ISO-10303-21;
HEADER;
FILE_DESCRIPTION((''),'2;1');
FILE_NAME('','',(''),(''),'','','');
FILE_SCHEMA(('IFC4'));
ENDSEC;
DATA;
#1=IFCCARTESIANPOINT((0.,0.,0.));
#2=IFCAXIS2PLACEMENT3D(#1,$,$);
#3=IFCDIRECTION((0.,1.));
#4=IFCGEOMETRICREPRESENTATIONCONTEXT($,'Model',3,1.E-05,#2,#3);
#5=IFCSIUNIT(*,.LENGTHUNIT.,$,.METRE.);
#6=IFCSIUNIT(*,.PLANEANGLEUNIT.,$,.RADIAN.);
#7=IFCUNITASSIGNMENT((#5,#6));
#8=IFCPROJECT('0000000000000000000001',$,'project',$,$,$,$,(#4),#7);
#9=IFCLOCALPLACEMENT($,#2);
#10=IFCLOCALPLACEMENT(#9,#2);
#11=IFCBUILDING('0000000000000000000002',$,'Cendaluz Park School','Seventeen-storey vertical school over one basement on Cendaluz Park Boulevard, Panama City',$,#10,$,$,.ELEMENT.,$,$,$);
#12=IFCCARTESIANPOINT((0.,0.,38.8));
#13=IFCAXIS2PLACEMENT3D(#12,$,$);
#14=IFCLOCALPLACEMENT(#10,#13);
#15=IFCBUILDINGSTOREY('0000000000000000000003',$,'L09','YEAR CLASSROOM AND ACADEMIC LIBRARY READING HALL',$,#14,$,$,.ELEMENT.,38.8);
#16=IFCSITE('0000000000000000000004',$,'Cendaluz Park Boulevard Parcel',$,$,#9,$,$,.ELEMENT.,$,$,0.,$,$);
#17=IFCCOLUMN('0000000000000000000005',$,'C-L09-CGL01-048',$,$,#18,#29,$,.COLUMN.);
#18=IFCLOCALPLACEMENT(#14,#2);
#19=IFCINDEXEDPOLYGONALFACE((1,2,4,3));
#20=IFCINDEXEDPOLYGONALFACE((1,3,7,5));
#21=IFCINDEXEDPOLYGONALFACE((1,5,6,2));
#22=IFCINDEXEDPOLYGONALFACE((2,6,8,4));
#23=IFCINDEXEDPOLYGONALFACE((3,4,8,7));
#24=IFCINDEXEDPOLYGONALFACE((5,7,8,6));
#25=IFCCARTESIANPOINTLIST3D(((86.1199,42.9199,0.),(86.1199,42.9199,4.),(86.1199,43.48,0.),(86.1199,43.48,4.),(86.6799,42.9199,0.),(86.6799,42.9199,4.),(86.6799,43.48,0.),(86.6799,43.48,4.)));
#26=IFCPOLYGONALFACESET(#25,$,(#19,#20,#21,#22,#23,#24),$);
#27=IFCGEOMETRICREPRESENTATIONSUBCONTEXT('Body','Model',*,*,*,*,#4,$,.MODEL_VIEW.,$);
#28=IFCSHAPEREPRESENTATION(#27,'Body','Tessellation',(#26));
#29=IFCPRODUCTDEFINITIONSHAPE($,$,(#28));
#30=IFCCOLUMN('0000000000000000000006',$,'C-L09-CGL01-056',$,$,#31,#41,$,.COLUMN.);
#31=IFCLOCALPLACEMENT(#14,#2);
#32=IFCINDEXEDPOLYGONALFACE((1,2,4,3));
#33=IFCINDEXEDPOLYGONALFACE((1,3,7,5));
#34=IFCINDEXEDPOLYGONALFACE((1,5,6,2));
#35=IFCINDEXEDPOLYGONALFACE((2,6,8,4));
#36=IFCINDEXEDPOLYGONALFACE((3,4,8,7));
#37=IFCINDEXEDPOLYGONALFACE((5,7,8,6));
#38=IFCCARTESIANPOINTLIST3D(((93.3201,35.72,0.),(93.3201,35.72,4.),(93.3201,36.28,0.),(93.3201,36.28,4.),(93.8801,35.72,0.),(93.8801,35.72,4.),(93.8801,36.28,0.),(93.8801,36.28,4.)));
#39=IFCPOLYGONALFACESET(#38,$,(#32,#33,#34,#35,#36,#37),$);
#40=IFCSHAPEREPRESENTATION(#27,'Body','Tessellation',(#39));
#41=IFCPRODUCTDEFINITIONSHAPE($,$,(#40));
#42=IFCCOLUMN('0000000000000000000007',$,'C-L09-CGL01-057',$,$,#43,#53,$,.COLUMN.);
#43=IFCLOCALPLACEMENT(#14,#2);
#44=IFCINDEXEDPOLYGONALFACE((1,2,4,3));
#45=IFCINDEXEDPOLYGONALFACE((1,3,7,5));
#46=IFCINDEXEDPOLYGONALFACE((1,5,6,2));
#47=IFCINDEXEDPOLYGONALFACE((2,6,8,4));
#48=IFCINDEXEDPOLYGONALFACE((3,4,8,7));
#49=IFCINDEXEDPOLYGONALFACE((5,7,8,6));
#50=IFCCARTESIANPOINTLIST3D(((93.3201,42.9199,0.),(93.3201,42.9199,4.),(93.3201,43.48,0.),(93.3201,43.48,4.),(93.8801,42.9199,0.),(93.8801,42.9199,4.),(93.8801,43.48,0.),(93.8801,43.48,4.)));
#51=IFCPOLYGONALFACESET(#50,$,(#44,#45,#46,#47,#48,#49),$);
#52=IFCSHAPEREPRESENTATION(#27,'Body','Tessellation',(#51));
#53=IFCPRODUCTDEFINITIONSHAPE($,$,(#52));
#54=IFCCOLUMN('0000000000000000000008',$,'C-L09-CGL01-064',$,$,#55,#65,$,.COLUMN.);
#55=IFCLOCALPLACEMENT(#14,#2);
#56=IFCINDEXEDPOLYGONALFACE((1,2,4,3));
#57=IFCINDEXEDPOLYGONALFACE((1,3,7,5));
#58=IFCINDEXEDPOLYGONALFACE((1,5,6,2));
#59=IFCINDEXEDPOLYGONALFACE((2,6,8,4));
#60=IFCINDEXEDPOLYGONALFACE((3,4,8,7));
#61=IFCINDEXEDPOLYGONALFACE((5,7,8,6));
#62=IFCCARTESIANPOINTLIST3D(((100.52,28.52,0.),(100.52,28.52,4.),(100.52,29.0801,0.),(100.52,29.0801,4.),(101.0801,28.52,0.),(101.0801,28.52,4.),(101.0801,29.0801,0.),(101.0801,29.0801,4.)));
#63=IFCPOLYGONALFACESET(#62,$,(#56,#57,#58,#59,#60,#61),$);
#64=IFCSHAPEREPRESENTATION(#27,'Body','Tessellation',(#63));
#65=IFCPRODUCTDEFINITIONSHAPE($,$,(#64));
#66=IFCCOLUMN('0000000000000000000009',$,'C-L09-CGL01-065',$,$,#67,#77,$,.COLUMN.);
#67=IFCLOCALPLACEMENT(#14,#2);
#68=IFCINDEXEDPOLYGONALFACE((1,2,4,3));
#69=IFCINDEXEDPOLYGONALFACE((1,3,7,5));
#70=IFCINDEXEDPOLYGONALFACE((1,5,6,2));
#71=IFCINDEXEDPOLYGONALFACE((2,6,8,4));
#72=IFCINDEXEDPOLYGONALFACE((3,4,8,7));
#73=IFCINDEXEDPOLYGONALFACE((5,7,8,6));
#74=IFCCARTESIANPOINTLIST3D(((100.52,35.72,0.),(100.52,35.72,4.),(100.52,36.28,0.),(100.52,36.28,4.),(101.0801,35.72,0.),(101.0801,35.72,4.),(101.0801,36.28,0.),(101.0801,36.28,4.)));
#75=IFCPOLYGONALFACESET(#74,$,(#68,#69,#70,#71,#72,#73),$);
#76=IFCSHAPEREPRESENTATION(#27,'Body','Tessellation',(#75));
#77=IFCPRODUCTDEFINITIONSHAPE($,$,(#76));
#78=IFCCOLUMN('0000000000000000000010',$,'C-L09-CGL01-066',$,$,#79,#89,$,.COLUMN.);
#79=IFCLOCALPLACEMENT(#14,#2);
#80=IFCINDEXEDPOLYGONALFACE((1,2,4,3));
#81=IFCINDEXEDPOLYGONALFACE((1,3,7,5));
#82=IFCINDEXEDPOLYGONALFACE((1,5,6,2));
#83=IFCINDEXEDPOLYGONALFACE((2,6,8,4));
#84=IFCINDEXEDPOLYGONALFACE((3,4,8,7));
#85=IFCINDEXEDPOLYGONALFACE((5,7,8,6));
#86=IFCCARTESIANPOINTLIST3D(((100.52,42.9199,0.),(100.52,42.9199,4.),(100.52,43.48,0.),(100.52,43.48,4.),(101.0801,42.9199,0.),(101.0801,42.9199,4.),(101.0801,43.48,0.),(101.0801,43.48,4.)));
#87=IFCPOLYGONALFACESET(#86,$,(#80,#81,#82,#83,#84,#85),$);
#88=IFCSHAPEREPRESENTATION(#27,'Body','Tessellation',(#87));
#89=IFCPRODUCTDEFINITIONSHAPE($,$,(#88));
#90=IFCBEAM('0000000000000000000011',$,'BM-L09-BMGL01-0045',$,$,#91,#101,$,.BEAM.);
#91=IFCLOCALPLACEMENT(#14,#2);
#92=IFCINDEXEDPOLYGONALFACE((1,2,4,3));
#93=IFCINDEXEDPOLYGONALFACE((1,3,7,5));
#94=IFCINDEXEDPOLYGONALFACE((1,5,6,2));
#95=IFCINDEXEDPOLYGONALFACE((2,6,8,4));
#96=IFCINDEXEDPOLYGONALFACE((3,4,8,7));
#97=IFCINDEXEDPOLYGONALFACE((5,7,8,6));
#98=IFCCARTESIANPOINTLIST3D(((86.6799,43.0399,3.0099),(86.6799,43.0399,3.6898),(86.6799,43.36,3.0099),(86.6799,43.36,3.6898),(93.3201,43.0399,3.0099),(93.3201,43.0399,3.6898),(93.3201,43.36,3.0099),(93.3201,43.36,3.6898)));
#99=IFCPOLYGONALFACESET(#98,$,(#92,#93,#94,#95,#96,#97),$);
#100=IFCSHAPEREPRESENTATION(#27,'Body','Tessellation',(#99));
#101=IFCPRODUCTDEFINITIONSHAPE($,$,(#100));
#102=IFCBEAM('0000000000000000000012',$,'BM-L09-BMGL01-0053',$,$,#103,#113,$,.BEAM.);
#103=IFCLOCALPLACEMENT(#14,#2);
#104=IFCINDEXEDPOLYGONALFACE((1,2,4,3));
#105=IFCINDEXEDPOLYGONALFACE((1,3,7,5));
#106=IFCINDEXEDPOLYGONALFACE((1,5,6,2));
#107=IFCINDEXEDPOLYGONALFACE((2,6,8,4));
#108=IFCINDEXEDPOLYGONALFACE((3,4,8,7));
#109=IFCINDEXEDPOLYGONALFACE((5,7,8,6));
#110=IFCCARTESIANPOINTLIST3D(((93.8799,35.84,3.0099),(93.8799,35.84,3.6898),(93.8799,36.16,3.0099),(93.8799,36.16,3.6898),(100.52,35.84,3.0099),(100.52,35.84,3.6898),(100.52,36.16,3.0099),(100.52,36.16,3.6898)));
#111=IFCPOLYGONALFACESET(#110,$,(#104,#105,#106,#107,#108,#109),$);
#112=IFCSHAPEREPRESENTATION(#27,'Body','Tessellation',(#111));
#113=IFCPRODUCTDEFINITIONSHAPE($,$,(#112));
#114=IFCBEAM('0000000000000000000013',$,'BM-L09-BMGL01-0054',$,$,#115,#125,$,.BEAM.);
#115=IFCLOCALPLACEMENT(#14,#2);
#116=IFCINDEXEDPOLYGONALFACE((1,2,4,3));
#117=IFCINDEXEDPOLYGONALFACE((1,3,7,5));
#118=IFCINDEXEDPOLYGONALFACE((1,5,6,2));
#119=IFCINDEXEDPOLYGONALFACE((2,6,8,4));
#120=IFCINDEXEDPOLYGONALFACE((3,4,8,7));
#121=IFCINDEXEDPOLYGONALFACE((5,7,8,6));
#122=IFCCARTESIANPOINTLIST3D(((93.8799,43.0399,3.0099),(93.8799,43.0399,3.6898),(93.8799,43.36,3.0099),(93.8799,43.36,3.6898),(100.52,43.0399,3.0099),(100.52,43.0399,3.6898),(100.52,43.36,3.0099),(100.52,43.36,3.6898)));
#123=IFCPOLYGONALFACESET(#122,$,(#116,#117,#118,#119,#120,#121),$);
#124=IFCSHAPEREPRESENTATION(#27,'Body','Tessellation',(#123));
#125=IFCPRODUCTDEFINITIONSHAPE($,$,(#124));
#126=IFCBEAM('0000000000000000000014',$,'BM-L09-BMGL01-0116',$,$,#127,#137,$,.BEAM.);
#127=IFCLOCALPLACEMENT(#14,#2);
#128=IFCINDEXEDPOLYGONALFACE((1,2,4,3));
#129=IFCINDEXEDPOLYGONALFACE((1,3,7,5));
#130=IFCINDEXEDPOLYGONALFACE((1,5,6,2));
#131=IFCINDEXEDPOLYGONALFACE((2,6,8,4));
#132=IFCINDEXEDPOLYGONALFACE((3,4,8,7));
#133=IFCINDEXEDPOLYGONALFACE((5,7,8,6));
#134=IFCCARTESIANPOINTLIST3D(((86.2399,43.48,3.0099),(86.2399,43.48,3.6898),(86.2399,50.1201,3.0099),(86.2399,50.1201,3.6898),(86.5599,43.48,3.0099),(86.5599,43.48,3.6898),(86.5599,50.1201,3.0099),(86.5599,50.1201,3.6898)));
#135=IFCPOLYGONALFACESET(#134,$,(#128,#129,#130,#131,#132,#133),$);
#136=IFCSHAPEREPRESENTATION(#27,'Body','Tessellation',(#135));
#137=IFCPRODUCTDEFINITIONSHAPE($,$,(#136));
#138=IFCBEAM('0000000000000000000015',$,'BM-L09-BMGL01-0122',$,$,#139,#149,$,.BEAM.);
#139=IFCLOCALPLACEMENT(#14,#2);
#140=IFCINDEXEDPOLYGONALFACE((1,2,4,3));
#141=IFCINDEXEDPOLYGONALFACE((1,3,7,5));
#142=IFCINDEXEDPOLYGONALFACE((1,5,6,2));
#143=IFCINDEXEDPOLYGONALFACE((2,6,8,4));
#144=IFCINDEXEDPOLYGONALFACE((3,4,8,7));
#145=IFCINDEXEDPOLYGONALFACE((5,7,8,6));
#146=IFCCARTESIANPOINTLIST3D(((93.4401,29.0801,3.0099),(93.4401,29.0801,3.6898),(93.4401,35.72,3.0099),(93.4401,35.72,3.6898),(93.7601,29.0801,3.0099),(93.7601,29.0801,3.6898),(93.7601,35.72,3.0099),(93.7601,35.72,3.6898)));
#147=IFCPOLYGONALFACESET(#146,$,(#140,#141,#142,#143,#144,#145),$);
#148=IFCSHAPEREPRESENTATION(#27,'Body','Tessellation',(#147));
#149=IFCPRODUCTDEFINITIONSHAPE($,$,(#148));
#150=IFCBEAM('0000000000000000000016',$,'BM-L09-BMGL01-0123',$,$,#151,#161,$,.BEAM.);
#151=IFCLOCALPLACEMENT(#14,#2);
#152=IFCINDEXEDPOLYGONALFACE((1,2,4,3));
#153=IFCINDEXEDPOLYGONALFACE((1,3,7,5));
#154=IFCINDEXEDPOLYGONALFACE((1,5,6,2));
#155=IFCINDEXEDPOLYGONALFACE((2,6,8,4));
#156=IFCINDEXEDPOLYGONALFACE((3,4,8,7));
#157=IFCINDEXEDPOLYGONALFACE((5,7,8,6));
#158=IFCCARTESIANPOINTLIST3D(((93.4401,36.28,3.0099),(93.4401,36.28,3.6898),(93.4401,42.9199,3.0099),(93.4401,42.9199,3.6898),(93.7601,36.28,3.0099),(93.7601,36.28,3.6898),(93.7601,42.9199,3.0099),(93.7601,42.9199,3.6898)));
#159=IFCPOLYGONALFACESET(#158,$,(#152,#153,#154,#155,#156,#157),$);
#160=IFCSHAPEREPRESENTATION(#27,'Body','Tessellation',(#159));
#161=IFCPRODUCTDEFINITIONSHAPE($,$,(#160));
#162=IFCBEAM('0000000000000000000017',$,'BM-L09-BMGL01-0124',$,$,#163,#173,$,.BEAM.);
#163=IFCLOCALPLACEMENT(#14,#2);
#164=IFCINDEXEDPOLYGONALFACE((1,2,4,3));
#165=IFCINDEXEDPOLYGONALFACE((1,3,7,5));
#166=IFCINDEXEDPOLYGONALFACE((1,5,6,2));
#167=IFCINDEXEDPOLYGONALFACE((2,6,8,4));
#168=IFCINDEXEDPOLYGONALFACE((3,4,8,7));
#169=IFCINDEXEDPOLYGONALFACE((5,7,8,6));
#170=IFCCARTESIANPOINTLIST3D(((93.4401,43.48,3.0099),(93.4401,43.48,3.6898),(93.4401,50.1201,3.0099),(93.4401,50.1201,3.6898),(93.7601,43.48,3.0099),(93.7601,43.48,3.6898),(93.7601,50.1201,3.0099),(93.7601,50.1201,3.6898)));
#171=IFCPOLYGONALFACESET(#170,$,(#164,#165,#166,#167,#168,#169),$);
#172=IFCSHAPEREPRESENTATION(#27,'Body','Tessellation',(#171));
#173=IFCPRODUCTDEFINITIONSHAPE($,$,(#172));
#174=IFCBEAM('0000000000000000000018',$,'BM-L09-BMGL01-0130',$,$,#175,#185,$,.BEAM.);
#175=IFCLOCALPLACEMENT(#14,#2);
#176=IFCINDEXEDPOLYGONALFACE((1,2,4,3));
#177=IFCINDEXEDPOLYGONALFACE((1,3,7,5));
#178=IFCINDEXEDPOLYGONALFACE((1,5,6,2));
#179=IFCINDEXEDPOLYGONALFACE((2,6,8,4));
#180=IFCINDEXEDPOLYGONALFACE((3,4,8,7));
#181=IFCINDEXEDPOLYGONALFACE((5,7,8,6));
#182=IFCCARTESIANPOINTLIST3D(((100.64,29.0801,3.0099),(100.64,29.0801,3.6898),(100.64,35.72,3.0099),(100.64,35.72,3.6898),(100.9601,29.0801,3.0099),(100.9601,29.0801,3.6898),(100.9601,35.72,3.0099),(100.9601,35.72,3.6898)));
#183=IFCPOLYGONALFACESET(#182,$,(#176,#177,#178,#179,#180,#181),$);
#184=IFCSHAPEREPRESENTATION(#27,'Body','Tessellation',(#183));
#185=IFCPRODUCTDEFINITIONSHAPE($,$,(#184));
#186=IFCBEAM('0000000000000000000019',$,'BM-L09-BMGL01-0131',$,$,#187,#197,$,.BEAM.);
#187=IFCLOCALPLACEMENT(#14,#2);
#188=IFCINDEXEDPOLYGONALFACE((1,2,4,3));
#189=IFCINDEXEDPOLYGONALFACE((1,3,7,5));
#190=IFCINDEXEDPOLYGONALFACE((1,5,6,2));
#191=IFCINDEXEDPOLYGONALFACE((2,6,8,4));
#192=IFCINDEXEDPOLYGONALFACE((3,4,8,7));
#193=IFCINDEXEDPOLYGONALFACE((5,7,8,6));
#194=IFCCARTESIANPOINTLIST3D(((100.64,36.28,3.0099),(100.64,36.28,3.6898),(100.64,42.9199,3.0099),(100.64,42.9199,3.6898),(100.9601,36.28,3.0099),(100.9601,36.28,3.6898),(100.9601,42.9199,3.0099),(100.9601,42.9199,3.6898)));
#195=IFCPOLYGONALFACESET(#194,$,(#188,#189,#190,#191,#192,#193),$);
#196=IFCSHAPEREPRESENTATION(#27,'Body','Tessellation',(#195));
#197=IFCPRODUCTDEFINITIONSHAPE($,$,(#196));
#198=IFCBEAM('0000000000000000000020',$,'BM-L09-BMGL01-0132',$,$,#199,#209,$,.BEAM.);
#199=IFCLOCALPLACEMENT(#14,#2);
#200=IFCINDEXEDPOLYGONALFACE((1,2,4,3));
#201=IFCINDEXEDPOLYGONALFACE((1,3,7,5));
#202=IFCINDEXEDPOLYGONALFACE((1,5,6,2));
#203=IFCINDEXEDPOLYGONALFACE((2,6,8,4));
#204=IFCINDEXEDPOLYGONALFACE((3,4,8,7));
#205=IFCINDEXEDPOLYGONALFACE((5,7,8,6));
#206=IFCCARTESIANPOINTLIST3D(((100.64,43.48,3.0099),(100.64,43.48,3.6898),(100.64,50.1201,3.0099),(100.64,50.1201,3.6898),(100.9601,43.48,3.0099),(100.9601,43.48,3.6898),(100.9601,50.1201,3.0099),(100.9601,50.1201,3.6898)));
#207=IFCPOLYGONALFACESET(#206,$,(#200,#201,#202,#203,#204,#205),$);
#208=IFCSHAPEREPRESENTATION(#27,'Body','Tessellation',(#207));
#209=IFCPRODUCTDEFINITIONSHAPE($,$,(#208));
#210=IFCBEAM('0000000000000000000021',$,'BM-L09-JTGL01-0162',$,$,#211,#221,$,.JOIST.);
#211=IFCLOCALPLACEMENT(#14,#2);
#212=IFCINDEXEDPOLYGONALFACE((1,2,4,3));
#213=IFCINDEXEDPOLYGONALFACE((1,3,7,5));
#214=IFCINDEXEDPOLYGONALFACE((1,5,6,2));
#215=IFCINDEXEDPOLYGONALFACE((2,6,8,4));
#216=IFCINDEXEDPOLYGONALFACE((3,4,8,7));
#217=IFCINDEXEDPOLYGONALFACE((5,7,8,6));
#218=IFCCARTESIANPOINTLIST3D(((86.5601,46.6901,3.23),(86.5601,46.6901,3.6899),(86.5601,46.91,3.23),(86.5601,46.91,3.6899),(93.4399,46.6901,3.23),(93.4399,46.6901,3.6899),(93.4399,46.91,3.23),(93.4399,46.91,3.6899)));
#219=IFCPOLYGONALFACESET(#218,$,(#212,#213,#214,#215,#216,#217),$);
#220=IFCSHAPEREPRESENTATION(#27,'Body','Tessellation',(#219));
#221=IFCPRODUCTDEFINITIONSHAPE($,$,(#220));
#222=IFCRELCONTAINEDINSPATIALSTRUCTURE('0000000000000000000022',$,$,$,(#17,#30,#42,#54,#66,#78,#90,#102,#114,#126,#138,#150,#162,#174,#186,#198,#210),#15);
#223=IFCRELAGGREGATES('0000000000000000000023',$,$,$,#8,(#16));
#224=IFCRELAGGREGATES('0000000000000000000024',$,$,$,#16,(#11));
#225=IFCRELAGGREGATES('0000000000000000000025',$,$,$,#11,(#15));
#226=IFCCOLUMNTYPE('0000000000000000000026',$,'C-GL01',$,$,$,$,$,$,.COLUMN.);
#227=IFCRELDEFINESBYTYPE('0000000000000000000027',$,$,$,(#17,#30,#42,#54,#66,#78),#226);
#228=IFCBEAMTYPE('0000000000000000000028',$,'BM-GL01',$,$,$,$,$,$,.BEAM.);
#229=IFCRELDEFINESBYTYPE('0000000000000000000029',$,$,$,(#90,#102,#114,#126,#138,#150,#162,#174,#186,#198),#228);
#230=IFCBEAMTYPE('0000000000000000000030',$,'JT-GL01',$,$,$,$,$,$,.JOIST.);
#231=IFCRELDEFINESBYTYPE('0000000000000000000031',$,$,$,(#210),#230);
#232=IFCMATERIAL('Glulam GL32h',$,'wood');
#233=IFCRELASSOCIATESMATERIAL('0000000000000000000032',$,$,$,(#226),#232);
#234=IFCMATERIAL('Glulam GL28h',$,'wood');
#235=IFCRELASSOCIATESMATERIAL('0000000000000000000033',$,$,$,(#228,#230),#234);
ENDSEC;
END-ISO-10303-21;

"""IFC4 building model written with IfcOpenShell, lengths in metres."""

from ifc_helpers import new_model, si_unit, direction, frame, origin, origin_2d, place, context, subcontext, project, spatial, rectangle, extrude, material, material_profile, profile_set, type_object, element, save


model = new_model("IFC4")

# Units and contexts
model_context = context("Model", 3, precision=1e-05, world=origin(), true_north=direction((0.0, 1.0)))
body_context = subcontext(model_context, "Body", "Model", "MODEL_VIEW")
ifc_project = project(units=[si_unit("LENGTHUNIT", "METRE"), si_unit("PLANEANGLEUNIT", "RADIAN")], contexts=[model_context])

# Site, building, storey
site_placement = place(None, origin())
site = spatial("IfcSite", under=ifc_project, at=site_placement, Name="Cendaluz Park Boulevard Parcel", CompositionType="ELEMENT", RefElevation=0.0)
building_placement = place(site_placement, origin())
building = spatial("IfcBuilding", under=site, at=building_placement, Name="Cendaluz Park School", Description="Seventeen-storey vertical school over one basement on Cendaluz Park Boulevard, Panama City", CompositionType="ELEMENT")
storey_placement = place(building_placement, frame((0.0, 0.0, 38.8)))
storey = spatial("IfcBuildingStorey", under=building, at=storey_placement, Name="L09", Description="YEAR CLASSROOM AND ACADEMIC LIBRARY READING HALL", CompositionType="ELEMENT", Elevation=38.8)

# Columns
ifc_material_1 = material(Name="Glulam GL32h", Category="wood")
ifc_material_profile_1 = material_profile(ifc_material_1, rectangle(XDim=0.5601, YDim=0.5601, at=origin_2d()), Name="GL32h 560x560", Category="wood")
ifc_profile_set_1 = profile_set([ifc_material_profile_1], Name="Glulam GL32h")
column_type = type_object("IfcColumnType", Name="C-GL01", PredefinedType="COLUMN", material=ifc_profile_set_1)
for number, where, z_axis, x_axis, name in (
    (1, (86.3999, 43.2, 0.0), (0.0, 0.0, 1.0), (1.0, 0.0, 0.0), "C-L09-CGL01-048"),
    (2, (93.6001, 36.0, 0.0), (0.0, 0.0, 1.0), (1.0, 0.0, 0.0), "C-L09-CGL01-056"),
    (3, (93.6001, 43.2, 0.0), (0.0, 0.0, 1.0), (1.0, 0.0, 0.0), "C-L09-CGL01-057"),
    (4, (100.8, 28.8, 0.0), (0.0, 0.0, 1.0), (1.0, 0.0, 0.0), "C-L09-CGL01-064"),
    (5, (100.8, 36.0, 0.0), (0.0, 0.0, 1.0), (1.0, 0.0, 0.0), "C-L09-CGL01-065"),
    (6, (100.8, 43.2, 0.0), (0.0, 0.0, 1.0), (1.0, 0.0, 0.0), "C-L09-CGL01-066"),
):
    element("IfcColumn", number, at=place(storey_placement, frame(where, z_axis=z_axis, x_axis=x_axis)), inside=storey, type_object=column_type, Name=name, PredefinedType="COLUMN", context=body_context, shape_type="SweptSolid", body=[
        extrude(rectangle(XDim=0.5601, YDim=0.5601, at=origin_2d()), origin(), (0.0, 0.0, 1.0), 4.0),
    ])

# Beams
ifc_material_2 = material(Name="Glulam GL28h", Category="wood")
ifc_material_profile_2 = material_profile(ifc_material_2, rectangle(XDim=0.3201, YDim=0.6799, at=origin_2d()), Name="GL28h 320x680", Category="wood")
ifc_profile_set_2 = profile_set([ifc_material_profile_2], Name="Glulam GL28h")
beam_type_1 = type_object("IfcBeamType", Name="BM-GL01", PredefinedType="BEAM", material=ifc_profile_set_2)
for number, where, z_axis, x_axis, name in (
    (7, (86.6799, 43.2, 3.3499), (1.0, 0.0, 0.0), (0.0, 1.0, 0.0), "BM-L09-BMGL01-0045"),
    (8, (93.8799, 36.0, 3.3499), (1.0, 0.0, 0.0), (0.0, 1.0, 0.0), "BM-L09-BMGL01-0053"),
    (9, (93.8799, 43.2, 3.3499), (1.0, 0.0, 0.0), (0.0, 1.0, 0.0), "BM-L09-BMGL01-0054"),
    (10, (86.3999, 43.48, 3.3499), (0.0, 1.0, 0.0), (-1.0, 0.0, 0.0), "BM-L09-BMGL01-0116"),
):
    element("IfcBeam", number, at=place(storey_placement, frame(where, z_axis=z_axis, x_axis=x_axis)), inside=storey, type_object=beam_type_1, Name=name, PredefinedType="BEAM", context=body_context, shape_type="SweptSolid", body=[
        extrude(rectangle(XDim=0.3201, YDim=0.6799, at=origin_2d()), origin(), (0.0, 0.0, 1.0), 6.6401),
    ])
for number, where, z_axis, x_axis, name in (
    (11, (93.6001, 29.0801, 3.3499), (0.0, 1.0, 0.0), (-1.0, 0.0, 0.0), "BM-L09-BMGL01-0122"),
    (12, (93.6001, 36.28, 3.3499), (0.0, 1.0, 0.0), (-1.0, 0.0, 0.0), "BM-L09-BMGL01-0123"),
):
    element("IfcBeam", number, at=place(storey_placement, frame(where, z_axis=z_axis, x_axis=x_axis)), inside=storey, type_object=beam_type_1, Name=name, PredefinedType="BEAM", context=body_context, shape_type="SweptSolid", body=[
        extrude(rectangle(XDim=0.3201, YDim=0.6799, at=origin_2d()), origin(), (0.0, 0.0, 1.0), 6.6399),
    ])
beam_1_placement = place(storey_placement, frame((93.6001, 43.48, 3.3499), z_axis=(0.0, 1.0, 0.0), x_axis=(-1.0, 0.0, 0.0)))
element("IfcBeam", 13, at=beam_1_placement, inside=storey, type_object=beam_type_1, Name="BM-L09-BMGL01-0124", PredefinedType="BEAM", context=body_context, shape_type="SweptSolid", body=[
    extrude(rectangle(XDim=0.3201, YDim=0.6799, at=origin_2d()), origin(), (0.0, 0.0, 1.0), 6.6401),
])
for number, where, z_axis, x_axis, name in (
    (14, (100.8, 29.0801, 3.3499), (0.0, 1.0, 0.0), (-1.0, 0.0, 0.0), "BM-L09-BMGL01-0130"),
    (15, (100.8, 36.28, 3.3499), (0.0, 1.0, 0.0), (-1.0, 0.0, 0.0), "BM-L09-BMGL01-0131"),
):
    element("IfcBeam", number, at=place(storey_placement, frame(where, z_axis=z_axis, x_axis=x_axis)), inside=storey, type_object=beam_type_1, Name=name, PredefinedType="BEAM", context=body_context, shape_type="SweptSolid", body=[
        extrude(rectangle(XDim=0.3201, YDim=0.6799, at=origin_2d()), origin(), (0.0, 0.0, 1.0), 6.6399),
    ])
beam_2_placement = place(storey_placement, frame((100.8, 43.48, 3.3499), z_axis=(0.0, 1.0, 0.0), x_axis=(-1.0, 0.0, 0.0)))
element("IfcBeam", 16, at=beam_2_placement, inside=storey, type_object=beam_type_1, Name="BM-L09-BMGL01-0132", PredefinedType="BEAM", context=body_context, shape_type="SweptSolid", body=[
    extrude(rectangle(XDim=0.3201, YDim=0.6799, at=origin_2d()), origin(), (0.0, 0.0, 1.0), 6.6401),
])
ifc_material_profile_3 = material_profile(ifc_material_2, rectangle(XDim=0.22, YDim=0.46, at=origin_2d()), Name="GL28h 220x460", Category="wood")
ifc_profile_set_3 = profile_set([ifc_material_profile_3], Name="Glulam GL28h")
beam_type_2 = type_object("IfcBeamType", Name="JT-GL01", PredefinedType="JOIST", material=ifc_profile_set_3)
for number, where, z_axis, x_axis, name in (
    (17, (86.5601, 46.8, 3.46), (1.0, 0.0, 0.0), (0.0, 1.0, 0.0), "BM-L09-JTGL01-0162"),
):
    element("IfcBeam", number, at=place(storey_placement, frame(where, z_axis=z_axis, x_axis=x_axis)), inside=storey, type_object=beam_type_2, Name=name, PredefinedType="JOIST", context=body_context, shape_type="SweptSolid", body=[
        extrude(rectangle(XDim=0.22, YDim=0.46, at=origin_2d()), origin(), (0.0, 0.0, 1.0), 6.8799),
    ])

save(model, "model.ifc")
